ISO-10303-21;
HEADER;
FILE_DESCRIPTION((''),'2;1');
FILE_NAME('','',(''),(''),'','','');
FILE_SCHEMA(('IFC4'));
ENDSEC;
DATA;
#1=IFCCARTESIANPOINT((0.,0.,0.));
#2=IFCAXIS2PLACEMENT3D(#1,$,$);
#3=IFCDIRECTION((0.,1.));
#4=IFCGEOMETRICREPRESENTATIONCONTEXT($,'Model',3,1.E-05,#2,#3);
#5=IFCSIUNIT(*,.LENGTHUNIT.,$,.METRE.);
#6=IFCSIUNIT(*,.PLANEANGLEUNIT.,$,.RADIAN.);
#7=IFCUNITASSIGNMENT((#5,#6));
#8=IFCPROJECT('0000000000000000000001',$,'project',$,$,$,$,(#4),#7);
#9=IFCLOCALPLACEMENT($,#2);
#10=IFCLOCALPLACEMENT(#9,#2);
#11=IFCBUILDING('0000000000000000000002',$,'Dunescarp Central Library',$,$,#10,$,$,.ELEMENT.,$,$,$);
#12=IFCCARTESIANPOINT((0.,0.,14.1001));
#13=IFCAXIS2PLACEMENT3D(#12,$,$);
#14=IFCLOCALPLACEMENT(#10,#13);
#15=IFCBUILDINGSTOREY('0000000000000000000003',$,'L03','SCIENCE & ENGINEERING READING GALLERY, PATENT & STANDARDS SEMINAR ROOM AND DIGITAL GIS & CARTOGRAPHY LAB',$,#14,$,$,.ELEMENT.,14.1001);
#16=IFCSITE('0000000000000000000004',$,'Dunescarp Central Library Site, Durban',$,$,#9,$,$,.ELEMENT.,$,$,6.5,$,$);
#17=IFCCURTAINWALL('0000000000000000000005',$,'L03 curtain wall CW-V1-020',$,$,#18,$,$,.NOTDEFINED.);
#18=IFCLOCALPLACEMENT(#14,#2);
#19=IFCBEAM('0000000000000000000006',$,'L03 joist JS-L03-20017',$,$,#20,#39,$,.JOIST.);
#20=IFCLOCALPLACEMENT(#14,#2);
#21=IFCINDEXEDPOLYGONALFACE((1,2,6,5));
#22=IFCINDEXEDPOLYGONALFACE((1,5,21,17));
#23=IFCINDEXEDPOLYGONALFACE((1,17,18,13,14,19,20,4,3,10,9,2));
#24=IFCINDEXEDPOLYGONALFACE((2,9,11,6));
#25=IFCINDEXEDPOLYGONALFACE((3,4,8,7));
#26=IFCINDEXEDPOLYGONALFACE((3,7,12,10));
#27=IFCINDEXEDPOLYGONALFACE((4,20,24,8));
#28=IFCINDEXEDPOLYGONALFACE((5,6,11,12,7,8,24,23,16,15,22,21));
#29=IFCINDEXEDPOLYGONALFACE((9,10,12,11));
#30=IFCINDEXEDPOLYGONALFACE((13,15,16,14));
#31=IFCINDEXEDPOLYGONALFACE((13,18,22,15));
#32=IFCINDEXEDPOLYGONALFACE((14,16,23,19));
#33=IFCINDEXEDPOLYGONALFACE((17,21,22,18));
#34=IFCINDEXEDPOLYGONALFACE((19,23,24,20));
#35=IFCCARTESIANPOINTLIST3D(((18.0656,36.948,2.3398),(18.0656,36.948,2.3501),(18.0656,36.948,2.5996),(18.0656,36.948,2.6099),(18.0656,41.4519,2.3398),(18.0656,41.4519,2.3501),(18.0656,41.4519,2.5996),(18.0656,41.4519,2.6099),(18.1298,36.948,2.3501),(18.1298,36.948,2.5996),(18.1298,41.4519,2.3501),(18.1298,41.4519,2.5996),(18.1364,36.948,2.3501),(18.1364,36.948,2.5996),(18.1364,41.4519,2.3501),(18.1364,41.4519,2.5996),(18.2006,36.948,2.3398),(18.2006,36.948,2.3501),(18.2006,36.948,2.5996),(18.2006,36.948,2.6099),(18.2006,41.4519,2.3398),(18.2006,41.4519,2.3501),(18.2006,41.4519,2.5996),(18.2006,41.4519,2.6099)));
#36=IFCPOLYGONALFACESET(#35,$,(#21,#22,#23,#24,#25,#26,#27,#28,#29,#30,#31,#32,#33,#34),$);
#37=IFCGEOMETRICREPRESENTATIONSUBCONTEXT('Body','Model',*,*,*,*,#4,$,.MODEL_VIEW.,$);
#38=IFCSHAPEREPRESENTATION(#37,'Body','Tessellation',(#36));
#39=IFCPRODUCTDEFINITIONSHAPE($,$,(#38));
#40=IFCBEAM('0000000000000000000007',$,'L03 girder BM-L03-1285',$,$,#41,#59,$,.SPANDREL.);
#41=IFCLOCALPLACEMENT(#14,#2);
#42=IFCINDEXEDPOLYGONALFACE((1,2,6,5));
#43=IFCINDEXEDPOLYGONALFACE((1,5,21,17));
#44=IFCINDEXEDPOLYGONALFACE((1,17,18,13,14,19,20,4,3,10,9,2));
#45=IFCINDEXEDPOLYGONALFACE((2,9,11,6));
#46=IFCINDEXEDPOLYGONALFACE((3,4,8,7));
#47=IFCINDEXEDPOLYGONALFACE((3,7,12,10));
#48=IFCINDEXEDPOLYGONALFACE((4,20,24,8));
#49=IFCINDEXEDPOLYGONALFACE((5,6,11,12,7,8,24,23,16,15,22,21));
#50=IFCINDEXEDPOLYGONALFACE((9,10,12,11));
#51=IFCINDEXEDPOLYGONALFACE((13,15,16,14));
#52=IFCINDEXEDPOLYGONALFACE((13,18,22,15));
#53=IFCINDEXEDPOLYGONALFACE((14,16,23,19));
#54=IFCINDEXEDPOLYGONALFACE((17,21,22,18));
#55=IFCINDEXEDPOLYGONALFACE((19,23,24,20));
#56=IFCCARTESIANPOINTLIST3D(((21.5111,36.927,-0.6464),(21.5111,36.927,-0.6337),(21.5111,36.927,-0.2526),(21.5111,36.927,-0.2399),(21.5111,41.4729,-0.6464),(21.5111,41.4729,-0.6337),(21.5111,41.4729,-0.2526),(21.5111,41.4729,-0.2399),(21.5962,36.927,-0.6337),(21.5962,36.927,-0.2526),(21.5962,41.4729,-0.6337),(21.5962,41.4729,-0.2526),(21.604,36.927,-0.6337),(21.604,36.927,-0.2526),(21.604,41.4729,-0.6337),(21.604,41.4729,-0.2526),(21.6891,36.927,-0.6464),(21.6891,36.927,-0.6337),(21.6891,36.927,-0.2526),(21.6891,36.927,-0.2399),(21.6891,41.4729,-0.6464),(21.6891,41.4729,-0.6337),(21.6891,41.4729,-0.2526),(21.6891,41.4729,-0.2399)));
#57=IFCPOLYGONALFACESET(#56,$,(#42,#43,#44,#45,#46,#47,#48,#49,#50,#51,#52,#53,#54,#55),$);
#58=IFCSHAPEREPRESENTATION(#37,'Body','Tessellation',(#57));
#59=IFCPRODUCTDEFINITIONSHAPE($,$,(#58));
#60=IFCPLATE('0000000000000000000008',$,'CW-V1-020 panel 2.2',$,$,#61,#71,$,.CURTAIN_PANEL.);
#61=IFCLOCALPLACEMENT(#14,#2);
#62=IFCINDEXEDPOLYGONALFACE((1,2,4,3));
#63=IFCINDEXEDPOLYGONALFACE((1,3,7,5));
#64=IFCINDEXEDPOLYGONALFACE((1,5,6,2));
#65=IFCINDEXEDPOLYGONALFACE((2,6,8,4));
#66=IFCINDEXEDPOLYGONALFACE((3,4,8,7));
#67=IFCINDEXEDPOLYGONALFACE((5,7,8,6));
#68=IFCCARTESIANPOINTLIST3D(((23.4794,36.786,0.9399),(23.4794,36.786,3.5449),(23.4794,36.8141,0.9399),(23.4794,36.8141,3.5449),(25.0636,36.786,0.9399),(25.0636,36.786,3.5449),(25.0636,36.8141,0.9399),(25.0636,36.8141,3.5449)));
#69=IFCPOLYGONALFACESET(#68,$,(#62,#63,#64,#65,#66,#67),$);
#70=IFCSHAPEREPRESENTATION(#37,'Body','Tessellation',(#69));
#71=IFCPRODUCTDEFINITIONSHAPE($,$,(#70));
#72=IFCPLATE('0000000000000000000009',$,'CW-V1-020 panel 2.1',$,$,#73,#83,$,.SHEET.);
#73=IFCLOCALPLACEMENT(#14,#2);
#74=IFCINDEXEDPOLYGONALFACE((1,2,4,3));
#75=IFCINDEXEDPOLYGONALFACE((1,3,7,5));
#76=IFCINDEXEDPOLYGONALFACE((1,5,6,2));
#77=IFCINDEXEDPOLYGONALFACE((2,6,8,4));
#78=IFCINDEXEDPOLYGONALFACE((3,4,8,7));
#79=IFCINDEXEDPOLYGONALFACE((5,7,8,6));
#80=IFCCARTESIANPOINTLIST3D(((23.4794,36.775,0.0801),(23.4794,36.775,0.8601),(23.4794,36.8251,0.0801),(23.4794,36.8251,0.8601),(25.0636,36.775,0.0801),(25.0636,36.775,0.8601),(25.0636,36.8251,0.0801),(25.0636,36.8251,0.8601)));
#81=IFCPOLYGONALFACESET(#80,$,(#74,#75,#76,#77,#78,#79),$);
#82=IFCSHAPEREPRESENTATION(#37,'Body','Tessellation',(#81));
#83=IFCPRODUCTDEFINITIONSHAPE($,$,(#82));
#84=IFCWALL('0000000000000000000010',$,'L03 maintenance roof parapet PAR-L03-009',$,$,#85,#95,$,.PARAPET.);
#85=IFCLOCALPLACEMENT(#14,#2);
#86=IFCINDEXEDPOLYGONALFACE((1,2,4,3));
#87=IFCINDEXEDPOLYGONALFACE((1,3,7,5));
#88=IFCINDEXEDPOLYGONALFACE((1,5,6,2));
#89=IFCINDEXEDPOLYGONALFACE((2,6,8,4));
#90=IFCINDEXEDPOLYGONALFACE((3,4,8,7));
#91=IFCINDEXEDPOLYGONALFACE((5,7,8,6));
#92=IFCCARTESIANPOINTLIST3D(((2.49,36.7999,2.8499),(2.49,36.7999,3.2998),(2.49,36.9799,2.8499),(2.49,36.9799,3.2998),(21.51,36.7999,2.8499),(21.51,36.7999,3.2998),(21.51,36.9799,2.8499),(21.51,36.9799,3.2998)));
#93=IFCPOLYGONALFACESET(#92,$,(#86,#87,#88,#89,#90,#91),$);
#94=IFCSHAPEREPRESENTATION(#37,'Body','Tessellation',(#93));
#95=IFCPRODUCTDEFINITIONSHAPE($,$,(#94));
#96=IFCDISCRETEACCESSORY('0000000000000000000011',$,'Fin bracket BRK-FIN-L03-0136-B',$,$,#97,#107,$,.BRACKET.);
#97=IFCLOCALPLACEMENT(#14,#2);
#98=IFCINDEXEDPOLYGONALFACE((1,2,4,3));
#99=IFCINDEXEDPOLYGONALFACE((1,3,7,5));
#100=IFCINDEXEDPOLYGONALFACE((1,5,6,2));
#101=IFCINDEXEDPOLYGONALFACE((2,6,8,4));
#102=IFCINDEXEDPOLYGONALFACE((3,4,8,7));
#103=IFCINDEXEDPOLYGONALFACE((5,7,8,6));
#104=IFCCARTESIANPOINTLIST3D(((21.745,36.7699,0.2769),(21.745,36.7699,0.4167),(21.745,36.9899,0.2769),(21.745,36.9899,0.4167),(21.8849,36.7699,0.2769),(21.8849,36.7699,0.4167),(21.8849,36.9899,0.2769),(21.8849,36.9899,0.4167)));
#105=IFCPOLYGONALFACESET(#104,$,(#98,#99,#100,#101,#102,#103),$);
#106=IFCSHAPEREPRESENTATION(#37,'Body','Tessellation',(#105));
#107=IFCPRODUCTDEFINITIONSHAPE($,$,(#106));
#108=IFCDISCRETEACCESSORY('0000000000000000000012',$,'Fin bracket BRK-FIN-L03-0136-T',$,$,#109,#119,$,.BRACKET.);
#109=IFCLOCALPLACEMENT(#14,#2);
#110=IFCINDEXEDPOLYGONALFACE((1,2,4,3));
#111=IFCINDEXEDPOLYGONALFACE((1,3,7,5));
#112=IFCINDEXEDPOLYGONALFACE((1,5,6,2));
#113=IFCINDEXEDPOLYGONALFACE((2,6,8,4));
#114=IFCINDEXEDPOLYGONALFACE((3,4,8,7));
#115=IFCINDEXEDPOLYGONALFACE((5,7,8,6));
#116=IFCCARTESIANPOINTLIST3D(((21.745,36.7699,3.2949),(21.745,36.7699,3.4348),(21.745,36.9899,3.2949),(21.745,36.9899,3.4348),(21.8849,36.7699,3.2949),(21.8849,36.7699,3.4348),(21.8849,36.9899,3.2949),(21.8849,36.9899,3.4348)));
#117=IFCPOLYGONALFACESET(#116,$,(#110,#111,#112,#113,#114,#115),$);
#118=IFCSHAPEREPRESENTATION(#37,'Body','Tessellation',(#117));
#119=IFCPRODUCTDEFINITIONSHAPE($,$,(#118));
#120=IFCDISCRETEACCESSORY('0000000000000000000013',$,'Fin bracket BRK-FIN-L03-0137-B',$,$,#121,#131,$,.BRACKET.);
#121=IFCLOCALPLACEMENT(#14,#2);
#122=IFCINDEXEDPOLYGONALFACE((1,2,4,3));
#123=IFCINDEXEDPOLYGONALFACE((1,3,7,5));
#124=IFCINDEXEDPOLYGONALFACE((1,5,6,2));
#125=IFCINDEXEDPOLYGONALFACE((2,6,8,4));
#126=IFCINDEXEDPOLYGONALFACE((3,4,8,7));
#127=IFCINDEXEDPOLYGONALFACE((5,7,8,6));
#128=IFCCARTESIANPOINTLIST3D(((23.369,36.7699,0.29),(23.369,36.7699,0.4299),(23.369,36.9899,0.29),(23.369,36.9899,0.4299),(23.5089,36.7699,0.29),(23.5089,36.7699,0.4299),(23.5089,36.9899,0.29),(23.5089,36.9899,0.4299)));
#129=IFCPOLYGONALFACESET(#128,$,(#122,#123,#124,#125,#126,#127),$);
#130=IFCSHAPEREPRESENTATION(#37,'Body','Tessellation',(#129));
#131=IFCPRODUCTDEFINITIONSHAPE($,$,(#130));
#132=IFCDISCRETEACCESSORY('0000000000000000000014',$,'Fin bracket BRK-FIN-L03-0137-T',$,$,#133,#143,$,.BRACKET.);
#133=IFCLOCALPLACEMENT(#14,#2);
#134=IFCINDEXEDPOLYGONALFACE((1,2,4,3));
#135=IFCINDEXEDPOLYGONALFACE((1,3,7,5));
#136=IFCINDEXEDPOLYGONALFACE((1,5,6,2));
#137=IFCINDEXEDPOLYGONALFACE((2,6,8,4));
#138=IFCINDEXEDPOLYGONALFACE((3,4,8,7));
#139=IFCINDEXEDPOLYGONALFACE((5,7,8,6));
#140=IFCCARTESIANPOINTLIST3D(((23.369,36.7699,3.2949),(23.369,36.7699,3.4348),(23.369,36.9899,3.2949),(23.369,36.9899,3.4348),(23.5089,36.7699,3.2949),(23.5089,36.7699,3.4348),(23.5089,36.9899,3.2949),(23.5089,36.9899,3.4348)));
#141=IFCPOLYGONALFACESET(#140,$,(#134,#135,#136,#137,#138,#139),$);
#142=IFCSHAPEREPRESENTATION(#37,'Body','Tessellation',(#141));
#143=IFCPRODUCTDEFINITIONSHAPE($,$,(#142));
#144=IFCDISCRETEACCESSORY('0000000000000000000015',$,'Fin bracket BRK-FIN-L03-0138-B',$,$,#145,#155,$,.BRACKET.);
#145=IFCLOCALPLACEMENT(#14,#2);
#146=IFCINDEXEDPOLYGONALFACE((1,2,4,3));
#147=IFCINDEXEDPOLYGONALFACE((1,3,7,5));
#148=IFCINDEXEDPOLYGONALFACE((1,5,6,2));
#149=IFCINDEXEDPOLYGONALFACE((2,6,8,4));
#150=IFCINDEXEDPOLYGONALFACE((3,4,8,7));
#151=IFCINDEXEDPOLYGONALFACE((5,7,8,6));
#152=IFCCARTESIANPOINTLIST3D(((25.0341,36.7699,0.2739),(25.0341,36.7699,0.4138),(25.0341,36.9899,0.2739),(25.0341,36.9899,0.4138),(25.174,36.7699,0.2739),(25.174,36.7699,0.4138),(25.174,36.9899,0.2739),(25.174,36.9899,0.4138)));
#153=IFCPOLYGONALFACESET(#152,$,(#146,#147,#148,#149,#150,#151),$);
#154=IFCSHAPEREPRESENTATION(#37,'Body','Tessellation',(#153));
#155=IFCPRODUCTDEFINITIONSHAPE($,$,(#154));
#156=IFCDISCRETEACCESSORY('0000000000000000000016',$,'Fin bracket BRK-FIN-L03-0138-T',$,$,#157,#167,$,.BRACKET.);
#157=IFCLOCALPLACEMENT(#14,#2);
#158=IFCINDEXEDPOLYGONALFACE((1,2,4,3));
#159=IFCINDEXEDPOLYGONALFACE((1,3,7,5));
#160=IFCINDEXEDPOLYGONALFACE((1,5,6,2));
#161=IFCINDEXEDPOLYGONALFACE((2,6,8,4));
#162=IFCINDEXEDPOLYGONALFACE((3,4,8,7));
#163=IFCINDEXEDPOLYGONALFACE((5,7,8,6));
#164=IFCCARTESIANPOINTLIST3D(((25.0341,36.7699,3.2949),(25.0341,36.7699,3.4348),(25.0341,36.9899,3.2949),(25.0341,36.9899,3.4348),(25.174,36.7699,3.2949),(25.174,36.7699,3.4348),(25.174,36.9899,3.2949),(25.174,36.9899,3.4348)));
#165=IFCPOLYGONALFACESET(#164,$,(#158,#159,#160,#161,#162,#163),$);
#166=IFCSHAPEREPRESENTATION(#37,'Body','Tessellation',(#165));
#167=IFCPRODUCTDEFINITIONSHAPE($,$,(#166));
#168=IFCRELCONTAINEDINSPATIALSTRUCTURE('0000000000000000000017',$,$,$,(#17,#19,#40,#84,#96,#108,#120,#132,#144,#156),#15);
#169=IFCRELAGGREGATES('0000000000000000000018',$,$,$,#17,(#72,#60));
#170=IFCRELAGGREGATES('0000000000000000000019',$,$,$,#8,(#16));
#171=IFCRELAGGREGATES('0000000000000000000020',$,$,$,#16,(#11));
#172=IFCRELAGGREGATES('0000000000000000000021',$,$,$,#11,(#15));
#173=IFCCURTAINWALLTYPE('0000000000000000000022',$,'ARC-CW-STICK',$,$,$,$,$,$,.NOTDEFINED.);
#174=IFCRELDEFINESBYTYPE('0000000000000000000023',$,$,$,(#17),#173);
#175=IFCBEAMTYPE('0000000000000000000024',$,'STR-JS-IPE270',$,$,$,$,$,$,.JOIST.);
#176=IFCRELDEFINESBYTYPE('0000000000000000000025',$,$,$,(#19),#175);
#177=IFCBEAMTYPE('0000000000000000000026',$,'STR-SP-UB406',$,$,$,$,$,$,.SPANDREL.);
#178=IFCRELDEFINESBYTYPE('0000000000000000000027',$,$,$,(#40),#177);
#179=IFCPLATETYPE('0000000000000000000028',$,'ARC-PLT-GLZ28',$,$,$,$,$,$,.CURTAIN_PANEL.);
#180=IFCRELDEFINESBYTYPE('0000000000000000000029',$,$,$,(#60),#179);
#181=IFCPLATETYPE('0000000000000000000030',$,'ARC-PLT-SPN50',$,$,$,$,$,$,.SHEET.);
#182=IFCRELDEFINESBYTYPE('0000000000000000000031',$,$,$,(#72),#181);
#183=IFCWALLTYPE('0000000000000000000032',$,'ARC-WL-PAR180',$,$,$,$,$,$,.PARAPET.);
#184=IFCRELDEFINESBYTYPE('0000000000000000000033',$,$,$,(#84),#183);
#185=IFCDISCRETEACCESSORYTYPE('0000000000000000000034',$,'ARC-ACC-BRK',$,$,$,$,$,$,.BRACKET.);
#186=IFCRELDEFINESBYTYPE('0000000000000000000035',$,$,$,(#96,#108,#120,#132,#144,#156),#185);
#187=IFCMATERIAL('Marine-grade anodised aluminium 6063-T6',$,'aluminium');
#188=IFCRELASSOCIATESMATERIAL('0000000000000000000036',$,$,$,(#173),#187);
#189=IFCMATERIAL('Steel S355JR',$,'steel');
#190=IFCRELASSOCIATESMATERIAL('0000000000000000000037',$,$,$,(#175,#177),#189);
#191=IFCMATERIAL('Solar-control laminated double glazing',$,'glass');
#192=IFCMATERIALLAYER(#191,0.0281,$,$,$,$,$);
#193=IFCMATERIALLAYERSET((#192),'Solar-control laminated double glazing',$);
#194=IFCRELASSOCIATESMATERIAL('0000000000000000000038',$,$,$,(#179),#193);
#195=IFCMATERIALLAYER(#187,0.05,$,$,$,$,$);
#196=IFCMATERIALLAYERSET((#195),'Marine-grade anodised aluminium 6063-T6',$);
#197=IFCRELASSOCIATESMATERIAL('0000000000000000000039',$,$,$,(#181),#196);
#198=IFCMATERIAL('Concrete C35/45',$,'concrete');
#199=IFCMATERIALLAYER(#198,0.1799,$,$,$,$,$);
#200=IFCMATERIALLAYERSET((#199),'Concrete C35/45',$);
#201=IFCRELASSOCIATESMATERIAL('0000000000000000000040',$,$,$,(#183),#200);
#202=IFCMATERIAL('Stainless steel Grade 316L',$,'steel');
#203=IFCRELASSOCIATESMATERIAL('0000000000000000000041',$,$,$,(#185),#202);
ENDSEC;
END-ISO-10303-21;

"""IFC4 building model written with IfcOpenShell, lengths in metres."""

from ifc_helpers import new_model, si_unit, direction, frame, frame_2d, origin, origin_2d, place, context, subcontext, project, spatial, rectangle, i_section, extrude, material, layer, layer_set, material_profile, profile_set, type_object, element, aggregate, save


model = new_model("IFC4")

# Units and contexts
model_context = context("Model", 3, precision=1e-05, world=origin(), true_north=direction((0.0, 1.0)))
body_context = subcontext(model_context, "Body", "Model", "MODEL_VIEW")
ifc_project = project(units=[si_unit("LENGTHUNIT", "METRE"), si_unit("PLANEANGLEUNIT", "RADIAN")], contexts=[model_context])

# Site, building, storey
site_placement = place(None, origin())
site = spatial("IfcSite", under=ifc_project, at=site_placement, Name="Dunescarp Central Library Site, Durban", CompositionType="ELEMENT", RefElevation=6.5)
building_placement = place(site_placement, origin())
building = spatial("IfcBuilding", under=site, at=building_placement, Name="Dunescarp Central Library", CompositionType="ELEMENT")
storey_placement = place(building_placement, frame((0.0, 0.0, 14.1001)))
storey = spatial("IfcBuildingStorey", under=building, at=storey_placement, Name="L03", Description="SCIENCE & ENGINEERING READING GALLERY, PATENT & STANDARDS SEMINAR ROOM AND DIGITAL GIS & CARTOGRAPHY LAB", CompositionType="ELEMENT", Elevation=14.1001)

# Shared definitions
ifc_material_1 = material(Name="Steel S355JR", Category="steel")

# Curtain wall
ifc_material_2 = material(Name="Marine-grade anodised aluminium 6063-T6", Category="aluminium")
curtain_wall_type_1 = type_object("IfcCurtainWallType", Name="ARC-CW-STICK", PredefinedType="NOTDEFINED", material=ifc_material_2)
curtain_wall_1_placement = place(storey_placement, origin())
curtain_wall_1 = element("IfcCurtainWall", 1, at=curtain_wall_1_placement, inside=storey, type_object=curtain_wall_type_1, Name="L03 curtain wall CW-V1-020", PredefinedType="NOTDEFINED")

# Beams
ifc_material_profile_1 = material_profile(ifc_material_1, i_section(OverallWidth=0.135, OverallDepth=0.27, WebThickness=0.0066, FlangeThickness=0.0103, at=origin_2d()), Name="IPE 270")
ifc_profile_set_1 = profile_set([ifc_material_profile_1], Name="Steel S355JR")
beam_type_1 = type_object("IfcBeamType", Name="STR-JS-IPE270", PredefinedType="JOIST", material=ifc_profile_set_1)
for number, where, z_axis, x_axis, name in (
    (2, (18.1331, 36.948, 2.4749), (0.0, 1.0, 0.0), (-1.0, 0.0, 0.0), "L03 joist JS-L03-20017"),
):
    element("IfcBeam", number, at=place(storey_placement, frame(where, z_axis=z_axis, x_axis=x_axis)), inside=storey, type_object=beam_type_1, Name=name, PredefinedType="JOIST", context=body_context, shape_type="SweptSolid", body=[
        extrude(i_section(OverallWidth=0.135, OverallDepth=0.27, WebThickness=0.0066, FlangeThickness=0.0103, at=origin_2d()), origin(), (0.0, 0.0, 1.0), 4.5039),
    ])
ifc_material_profile_2 = material_profile(ifc_material_1, i_section(OverallWidth=0.178, OverallDepth=0.4065, WebThickness=0.0078, FlangeThickness=0.0127, at=origin_2d()), Name="UB 406x178x60")
ifc_profile_set_2 = profile_set([ifc_material_profile_2], Name="Steel S355JR")
beam_type_2 = type_object("IfcBeamType", Name="STR-SP-UB406", PredefinedType="SPANDREL", material=ifc_profile_set_2)
beam_1_placement = place(storey_placement, frame((21.6001, 36.927, -0.4431), z_axis=(0.0, 1.0, 0.0), x_axis=(-1.0, 0.0, 0.0)))
element("IfcBeam", 3, at=beam_1_placement, inside=storey, type_object=beam_type_2, Name="L03 girder BM-L03-1285", PredefinedType="SPANDREL", context=body_context, shape_type="SweptSolid", body=[
    extrude(i_section(OverallWidth=0.178, OverallDepth=0.4065, WebThickness=0.0078, FlangeThickness=0.0127, at=origin_2d()), origin(), (0.0, 0.0, 1.0), 4.5459),
])

# Plates
ifc_material_3 = material(Name="Solar-control laminated double glazing", Category="glass")
ifc_layer_1 = layer(ifc_material_3, 0.0281)
ifc_layer_set_1 = layer_set([ifc_layer_1], Name="Solar-control laminated double glazing")
plate_type_1 = type_object("IfcPlateType", Name="ARC-PLT-GLZ28", PredefinedType="CURTAIN_PANEL", material=ifc_layer_set_1)
plate_1_placement = place(storey_placement, frame((24.2715, 36.8, 0.9399), z_axis=(0.0, 0.0, 1.0), x_axis=(1.0, 0.0, 0.0)))
plate_1 = element("IfcPlate", 4, at=plate_1_placement, type_object=plate_type_1, Name="CW-V1-020 panel 2.2", PredefinedType="CURTAIN_PANEL", context=body_context, shape_type="SweptSolid", body=[
    extrude(rectangle(XDim=1.5842, YDim=0.0281, at=origin_2d()), origin(), (0.0, 0.0, 1.0), 2.605),
])
ifc_layer_2 = layer(ifc_material_2, 0.05)
ifc_layer_set_2 = layer_set([ifc_layer_2], Name="Marine-grade anodised aluminium 6063-T6")
plate_type_2 = type_object("IfcPlateType", Name="ARC-PLT-SPN50", PredefinedType="SHEET", material=ifc_layer_set_2)
plate_2_placement = place(storey_placement, frame((24.2715, 36.8, 0.0801), z_axis=(0.0, 0.0, 1.0), x_axis=(1.0, 0.0, 0.0)))
plate_2 = element("IfcPlate", 5, at=plate_2_placement, type_object=plate_type_2, Name="CW-V1-020 panel 2.1", PredefinedType="SHEET", context=body_context, shape_type="SweptSolid", body=[
    extrude(rectangle(XDim=1.5842, YDim=0.05, at=origin_2d()), origin(), (0.0, 0.0, 1.0), 0.78),
])
aggregate(curtain_wall_1, [plate_2, plate_1])

# Wall
ifc_material_4 = material(Name="Concrete C35/45", Category="concrete")
ifc_layer_3 = layer(ifc_material_4, 0.1799)
ifc_layer_set_3 = layer_set([ifc_layer_3], Name="Concrete C35/45")
wall_type = type_object("IfcWallType", Name="ARC-WL-PAR180", PredefinedType="PARAPET", material=ifc_layer_set_3)
wall_placement = place(storey_placement, frame((21.51, 36.8899, 2.8499), z_axis=(0.0, 0.0, 1.0), x_axis=(-1.0, 0.0, 0.0)))
element("IfcWall", 6, at=wall_placement, inside=storey, type_object=wall_type, Name="L03 maintenance roof parapet PAR-L03-009", PredefinedType="PARAPET", context=body_context, shape_type="SweptSolid", body=[
    extrude(rectangle(XDim=19.02, YDim=0.1799, at=frame_2d((9.51, 0.0))), origin(), (0.0, 0.0, 1.0), 0.45),
])

# Discrete accessories
ifc_material_5 = material(Name="Stainless steel Grade 316L", Category="steel")
discrete_accessory_type = type_object("IfcDiscreteAccessoryType", Name="ARC-ACC-BRK", PredefinedType="BRACKET", material=ifc_material_5)
for number, where, z_axis, x_axis, name in (
    (7, (21.8149, 36.8799, 0.2769), (0.0, 0.0, 1.0), (0.0, 1.0, 0.0), "Fin bracket BRK-FIN-L03-0136-B"),
    (8, (21.8149, 36.8799, 3.2949), (0.0, 0.0, 1.0), (0.0, 1.0, 0.0), "Fin bracket BRK-FIN-L03-0136-T"),
    (9, (23.439, 36.8799, 0.29), (0.0, 0.0, 1.0), (0.0, 1.0, 0.0), "Fin bracket BRK-FIN-L03-0137-B"),
    (10, (23.439, 36.8799, 3.2949), (0.0, 0.0, 1.0), (0.0, 1.0, 0.0), "Fin bracket BRK-FIN-L03-0137-T"),
    (11, (25.104, 36.8799, 0.2739), (0.0, 0.0, 1.0), (0.0, 1.0, 0.0), "Fin bracket BRK-FIN-L03-0138-B"),
    (12, (25.104, 36.8799, 3.2949), (0.0, 0.0, 1.0), (0.0, 1.0, 0.0), "Fin bracket BRK-FIN-L03-0138-T"),
):
    element("IfcDiscreteAccessory", number, at=place(storey_placement, frame(where, z_axis=z_axis, x_axis=x_axis)), inside=storey, type_object=discrete_accessory_type, Name=name, PredefinedType="BRACKET", context=body_context, shape_type="SweptSolid", body=[
        extrude(rectangle(XDim=0.22, YDim=0.1399, at=origin_2d()), origin(), (0.0, 0.0, 1.0), 0.1399),
    ])

save(model, "model.ifc")
